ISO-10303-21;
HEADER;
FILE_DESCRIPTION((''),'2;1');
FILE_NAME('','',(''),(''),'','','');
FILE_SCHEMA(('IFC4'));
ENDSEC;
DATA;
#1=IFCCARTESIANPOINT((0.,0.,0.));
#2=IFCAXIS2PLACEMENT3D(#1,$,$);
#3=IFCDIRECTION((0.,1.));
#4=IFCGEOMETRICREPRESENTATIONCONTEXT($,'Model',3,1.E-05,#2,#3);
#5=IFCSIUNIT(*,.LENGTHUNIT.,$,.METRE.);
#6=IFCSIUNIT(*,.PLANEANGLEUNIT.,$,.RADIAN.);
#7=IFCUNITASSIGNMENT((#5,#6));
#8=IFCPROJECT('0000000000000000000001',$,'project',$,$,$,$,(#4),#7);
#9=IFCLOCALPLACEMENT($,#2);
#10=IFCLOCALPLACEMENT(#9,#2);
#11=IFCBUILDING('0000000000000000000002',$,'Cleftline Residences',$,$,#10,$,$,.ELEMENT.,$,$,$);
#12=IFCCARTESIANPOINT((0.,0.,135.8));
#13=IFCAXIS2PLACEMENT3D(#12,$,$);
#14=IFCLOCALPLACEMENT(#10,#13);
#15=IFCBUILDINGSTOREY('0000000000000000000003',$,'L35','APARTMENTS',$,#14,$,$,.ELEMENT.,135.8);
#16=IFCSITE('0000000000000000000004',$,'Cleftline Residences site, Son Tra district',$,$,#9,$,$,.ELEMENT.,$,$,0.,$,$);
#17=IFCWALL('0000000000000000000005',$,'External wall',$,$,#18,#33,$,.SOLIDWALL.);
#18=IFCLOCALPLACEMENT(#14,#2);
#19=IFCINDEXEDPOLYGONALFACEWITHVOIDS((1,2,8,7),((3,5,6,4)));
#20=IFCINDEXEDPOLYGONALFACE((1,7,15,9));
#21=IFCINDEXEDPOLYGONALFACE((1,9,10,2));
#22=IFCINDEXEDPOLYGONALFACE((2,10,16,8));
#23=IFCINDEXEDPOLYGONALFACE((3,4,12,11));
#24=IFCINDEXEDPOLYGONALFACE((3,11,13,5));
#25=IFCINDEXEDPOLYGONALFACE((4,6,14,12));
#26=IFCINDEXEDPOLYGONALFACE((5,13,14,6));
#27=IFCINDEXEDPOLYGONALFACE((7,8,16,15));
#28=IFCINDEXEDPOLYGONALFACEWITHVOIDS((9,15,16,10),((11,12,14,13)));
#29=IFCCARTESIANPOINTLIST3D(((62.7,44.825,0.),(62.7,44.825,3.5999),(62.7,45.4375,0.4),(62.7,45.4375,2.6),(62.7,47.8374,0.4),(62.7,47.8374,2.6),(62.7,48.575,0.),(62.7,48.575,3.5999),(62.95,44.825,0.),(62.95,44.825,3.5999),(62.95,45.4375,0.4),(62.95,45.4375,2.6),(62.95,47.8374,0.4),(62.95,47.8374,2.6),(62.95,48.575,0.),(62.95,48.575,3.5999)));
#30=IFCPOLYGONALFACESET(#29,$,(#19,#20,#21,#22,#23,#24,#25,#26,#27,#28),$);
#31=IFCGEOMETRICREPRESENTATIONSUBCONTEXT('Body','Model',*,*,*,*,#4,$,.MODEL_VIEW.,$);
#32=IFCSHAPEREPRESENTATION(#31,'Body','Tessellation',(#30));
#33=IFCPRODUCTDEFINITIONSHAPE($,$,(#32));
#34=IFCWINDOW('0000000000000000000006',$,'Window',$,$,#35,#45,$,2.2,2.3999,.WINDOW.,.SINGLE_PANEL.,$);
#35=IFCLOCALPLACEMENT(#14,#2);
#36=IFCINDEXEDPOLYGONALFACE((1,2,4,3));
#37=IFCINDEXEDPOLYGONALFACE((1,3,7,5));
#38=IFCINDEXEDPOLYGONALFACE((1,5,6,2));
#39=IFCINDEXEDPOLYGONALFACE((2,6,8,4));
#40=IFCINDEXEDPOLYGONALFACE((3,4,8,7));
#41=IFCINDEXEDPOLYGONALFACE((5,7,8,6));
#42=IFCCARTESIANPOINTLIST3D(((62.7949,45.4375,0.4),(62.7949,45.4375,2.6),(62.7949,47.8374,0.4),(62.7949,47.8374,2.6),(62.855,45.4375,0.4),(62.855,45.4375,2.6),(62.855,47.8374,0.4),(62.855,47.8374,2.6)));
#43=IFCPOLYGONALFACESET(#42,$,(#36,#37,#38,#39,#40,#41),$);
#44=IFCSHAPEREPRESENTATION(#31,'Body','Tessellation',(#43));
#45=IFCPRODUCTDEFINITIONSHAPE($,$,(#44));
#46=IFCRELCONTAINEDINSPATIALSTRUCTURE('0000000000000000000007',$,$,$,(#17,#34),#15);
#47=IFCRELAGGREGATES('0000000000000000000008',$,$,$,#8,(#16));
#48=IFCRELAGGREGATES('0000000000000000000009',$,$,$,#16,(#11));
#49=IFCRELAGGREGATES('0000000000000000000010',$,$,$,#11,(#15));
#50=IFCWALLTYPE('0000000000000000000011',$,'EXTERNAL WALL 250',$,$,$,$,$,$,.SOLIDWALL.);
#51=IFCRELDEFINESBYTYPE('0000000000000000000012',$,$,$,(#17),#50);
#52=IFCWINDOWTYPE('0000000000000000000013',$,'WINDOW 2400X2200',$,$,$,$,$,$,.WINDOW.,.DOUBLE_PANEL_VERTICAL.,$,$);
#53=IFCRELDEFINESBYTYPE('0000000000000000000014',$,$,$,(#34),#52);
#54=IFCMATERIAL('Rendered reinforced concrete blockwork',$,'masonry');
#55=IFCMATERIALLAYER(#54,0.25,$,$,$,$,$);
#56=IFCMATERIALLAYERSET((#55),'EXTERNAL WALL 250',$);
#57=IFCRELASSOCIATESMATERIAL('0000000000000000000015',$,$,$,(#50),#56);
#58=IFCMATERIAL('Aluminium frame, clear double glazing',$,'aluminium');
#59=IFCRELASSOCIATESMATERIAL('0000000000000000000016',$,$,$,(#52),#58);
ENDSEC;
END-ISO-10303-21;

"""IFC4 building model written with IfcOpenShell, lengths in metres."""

from ifc_helpers import new_model, si_unit, direction, frame, frame_2d, origin, place, context, subcontext, project, spatial, rectangle, extrude, material, layer, layer_set, type_object, element, fill, save


model = new_model("IFC4")

# Units and contexts
model_context = context("Model", 3, precision=1e-05, world=origin(), true_north=direction((0.0, 1.0)))
body_context = subcontext(model_context, "Body", "Model", "MODEL_VIEW")
ifc_project = project(units=[si_unit("LENGTHUNIT", "METRE"), si_unit("PLANEANGLEUNIT", "RADIAN")], contexts=[model_context])

# Site, building, storey
site_placement = place(None, origin())
site = spatial("IfcSite", under=ifc_project, at=site_placement, Name="Cleftline Residences site, Son Tra district", CompositionType="ELEMENT", RefElevation=0.0)
building_placement = place(site_placement, origin())
building = spatial("IfcBuilding", under=site, at=building_placement, Name="Cleftline Residences", CompositionType="ELEMENT")
storey_placement = place(building_placement, frame((0.0, 0.0, 135.8)))
storey = spatial("IfcBuildingStorey", under=building, at=storey_placement, Name="L35", Description="APARTMENTS", CompositionType="ELEMENT", Elevation=135.8)

# Wall, opening, window
ifc_material_1 = material(Name="Rendered reinforced concrete blockwork", Category="masonry")
ifc_layer_1 = layer(ifc_material_1, 0.25)
ifc_layer_set_1 = layer_set([ifc_layer_1], Name="EXTERNAL WALL 250")
wall_type_1 = type_object("IfcWallType", Name="EXTERNAL WALL 250", PredefinedType="SOLIDWALL", material=ifc_layer_set_1)
ifc_material_2 = material(Name="Aluminium frame, clear double glazing", Category="aluminium")
window_type_1 = type_object("IfcWindowType", Name="WINDOW 2400X2200", PartitioningType="DOUBLE_PANEL_VERTICAL", PredefinedType="WINDOW", material=ifc_material_2)
wall_1_placement = place(storey_placement, frame((62.825, 44.825, 0.0), z_axis=(0.0, 0.0, 1.0), x_axis=(0.0, 1.0, 0.0)))
wall_1 = element("IfcWall", 1, at=wall_1_placement, inside=storey, type_object=wall_type_1, Name="External wall", PredefinedType="SOLIDWALL", context=body_context, shape_type="SweptSolid", body=[
    extrude(rectangle(XDim=3.75, YDim=0.25, at=frame_2d((1.875, 0.0))), origin(), (0.0, 0.0, 1.0), 3.5999),
])
opening_1_placement = place(wall_1_placement, frame((0.6125, 0.0, 0.3999)))
opening_1 = element("IfcOpeningElement", 2, at=opening_1_placement, cuts=wall_1, PredefinedType="OPENING", context=body_context, shape_type="SweptSolid", body=[
    extrude(rectangle(XDim=2.3999, YDim=2.2, at=frame_2d((1.2, 1.1001))), frame((0.0, 0.135, 0.0), z_axis=(0.0, -1.0, 0.0), x_axis=(1.0, 0.0, 0.0)), (0.0, 0.0, 1.0), 0.27),
])
window_1_placement = place(opening_1_placement, origin())
window_1 = element("IfcWindow", 3, at=window_1_placement, inside=storey, type_object=window_type_1, Name="Window", OverallHeight=2.2, OverallWidth=2.3999, PartitioningType="SINGLE_PANEL", PredefinedType="WINDOW", context=body_context, shape_type="SweptSolid", body=[
    extrude(rectangle(XDim=2.3999, YDim=2.2, at=frame_2d((1.2, 1.1001))), frame((0.0, 0.03, 0.0), z_axis=(0.0, -1.0, 0.0), x_axis=(1.0, 0.0, 0.0)), (0.0, 0.0, 1.0), 0.0601),
])
fill(opening_1, window_1)

save(model, "model.ifc")
